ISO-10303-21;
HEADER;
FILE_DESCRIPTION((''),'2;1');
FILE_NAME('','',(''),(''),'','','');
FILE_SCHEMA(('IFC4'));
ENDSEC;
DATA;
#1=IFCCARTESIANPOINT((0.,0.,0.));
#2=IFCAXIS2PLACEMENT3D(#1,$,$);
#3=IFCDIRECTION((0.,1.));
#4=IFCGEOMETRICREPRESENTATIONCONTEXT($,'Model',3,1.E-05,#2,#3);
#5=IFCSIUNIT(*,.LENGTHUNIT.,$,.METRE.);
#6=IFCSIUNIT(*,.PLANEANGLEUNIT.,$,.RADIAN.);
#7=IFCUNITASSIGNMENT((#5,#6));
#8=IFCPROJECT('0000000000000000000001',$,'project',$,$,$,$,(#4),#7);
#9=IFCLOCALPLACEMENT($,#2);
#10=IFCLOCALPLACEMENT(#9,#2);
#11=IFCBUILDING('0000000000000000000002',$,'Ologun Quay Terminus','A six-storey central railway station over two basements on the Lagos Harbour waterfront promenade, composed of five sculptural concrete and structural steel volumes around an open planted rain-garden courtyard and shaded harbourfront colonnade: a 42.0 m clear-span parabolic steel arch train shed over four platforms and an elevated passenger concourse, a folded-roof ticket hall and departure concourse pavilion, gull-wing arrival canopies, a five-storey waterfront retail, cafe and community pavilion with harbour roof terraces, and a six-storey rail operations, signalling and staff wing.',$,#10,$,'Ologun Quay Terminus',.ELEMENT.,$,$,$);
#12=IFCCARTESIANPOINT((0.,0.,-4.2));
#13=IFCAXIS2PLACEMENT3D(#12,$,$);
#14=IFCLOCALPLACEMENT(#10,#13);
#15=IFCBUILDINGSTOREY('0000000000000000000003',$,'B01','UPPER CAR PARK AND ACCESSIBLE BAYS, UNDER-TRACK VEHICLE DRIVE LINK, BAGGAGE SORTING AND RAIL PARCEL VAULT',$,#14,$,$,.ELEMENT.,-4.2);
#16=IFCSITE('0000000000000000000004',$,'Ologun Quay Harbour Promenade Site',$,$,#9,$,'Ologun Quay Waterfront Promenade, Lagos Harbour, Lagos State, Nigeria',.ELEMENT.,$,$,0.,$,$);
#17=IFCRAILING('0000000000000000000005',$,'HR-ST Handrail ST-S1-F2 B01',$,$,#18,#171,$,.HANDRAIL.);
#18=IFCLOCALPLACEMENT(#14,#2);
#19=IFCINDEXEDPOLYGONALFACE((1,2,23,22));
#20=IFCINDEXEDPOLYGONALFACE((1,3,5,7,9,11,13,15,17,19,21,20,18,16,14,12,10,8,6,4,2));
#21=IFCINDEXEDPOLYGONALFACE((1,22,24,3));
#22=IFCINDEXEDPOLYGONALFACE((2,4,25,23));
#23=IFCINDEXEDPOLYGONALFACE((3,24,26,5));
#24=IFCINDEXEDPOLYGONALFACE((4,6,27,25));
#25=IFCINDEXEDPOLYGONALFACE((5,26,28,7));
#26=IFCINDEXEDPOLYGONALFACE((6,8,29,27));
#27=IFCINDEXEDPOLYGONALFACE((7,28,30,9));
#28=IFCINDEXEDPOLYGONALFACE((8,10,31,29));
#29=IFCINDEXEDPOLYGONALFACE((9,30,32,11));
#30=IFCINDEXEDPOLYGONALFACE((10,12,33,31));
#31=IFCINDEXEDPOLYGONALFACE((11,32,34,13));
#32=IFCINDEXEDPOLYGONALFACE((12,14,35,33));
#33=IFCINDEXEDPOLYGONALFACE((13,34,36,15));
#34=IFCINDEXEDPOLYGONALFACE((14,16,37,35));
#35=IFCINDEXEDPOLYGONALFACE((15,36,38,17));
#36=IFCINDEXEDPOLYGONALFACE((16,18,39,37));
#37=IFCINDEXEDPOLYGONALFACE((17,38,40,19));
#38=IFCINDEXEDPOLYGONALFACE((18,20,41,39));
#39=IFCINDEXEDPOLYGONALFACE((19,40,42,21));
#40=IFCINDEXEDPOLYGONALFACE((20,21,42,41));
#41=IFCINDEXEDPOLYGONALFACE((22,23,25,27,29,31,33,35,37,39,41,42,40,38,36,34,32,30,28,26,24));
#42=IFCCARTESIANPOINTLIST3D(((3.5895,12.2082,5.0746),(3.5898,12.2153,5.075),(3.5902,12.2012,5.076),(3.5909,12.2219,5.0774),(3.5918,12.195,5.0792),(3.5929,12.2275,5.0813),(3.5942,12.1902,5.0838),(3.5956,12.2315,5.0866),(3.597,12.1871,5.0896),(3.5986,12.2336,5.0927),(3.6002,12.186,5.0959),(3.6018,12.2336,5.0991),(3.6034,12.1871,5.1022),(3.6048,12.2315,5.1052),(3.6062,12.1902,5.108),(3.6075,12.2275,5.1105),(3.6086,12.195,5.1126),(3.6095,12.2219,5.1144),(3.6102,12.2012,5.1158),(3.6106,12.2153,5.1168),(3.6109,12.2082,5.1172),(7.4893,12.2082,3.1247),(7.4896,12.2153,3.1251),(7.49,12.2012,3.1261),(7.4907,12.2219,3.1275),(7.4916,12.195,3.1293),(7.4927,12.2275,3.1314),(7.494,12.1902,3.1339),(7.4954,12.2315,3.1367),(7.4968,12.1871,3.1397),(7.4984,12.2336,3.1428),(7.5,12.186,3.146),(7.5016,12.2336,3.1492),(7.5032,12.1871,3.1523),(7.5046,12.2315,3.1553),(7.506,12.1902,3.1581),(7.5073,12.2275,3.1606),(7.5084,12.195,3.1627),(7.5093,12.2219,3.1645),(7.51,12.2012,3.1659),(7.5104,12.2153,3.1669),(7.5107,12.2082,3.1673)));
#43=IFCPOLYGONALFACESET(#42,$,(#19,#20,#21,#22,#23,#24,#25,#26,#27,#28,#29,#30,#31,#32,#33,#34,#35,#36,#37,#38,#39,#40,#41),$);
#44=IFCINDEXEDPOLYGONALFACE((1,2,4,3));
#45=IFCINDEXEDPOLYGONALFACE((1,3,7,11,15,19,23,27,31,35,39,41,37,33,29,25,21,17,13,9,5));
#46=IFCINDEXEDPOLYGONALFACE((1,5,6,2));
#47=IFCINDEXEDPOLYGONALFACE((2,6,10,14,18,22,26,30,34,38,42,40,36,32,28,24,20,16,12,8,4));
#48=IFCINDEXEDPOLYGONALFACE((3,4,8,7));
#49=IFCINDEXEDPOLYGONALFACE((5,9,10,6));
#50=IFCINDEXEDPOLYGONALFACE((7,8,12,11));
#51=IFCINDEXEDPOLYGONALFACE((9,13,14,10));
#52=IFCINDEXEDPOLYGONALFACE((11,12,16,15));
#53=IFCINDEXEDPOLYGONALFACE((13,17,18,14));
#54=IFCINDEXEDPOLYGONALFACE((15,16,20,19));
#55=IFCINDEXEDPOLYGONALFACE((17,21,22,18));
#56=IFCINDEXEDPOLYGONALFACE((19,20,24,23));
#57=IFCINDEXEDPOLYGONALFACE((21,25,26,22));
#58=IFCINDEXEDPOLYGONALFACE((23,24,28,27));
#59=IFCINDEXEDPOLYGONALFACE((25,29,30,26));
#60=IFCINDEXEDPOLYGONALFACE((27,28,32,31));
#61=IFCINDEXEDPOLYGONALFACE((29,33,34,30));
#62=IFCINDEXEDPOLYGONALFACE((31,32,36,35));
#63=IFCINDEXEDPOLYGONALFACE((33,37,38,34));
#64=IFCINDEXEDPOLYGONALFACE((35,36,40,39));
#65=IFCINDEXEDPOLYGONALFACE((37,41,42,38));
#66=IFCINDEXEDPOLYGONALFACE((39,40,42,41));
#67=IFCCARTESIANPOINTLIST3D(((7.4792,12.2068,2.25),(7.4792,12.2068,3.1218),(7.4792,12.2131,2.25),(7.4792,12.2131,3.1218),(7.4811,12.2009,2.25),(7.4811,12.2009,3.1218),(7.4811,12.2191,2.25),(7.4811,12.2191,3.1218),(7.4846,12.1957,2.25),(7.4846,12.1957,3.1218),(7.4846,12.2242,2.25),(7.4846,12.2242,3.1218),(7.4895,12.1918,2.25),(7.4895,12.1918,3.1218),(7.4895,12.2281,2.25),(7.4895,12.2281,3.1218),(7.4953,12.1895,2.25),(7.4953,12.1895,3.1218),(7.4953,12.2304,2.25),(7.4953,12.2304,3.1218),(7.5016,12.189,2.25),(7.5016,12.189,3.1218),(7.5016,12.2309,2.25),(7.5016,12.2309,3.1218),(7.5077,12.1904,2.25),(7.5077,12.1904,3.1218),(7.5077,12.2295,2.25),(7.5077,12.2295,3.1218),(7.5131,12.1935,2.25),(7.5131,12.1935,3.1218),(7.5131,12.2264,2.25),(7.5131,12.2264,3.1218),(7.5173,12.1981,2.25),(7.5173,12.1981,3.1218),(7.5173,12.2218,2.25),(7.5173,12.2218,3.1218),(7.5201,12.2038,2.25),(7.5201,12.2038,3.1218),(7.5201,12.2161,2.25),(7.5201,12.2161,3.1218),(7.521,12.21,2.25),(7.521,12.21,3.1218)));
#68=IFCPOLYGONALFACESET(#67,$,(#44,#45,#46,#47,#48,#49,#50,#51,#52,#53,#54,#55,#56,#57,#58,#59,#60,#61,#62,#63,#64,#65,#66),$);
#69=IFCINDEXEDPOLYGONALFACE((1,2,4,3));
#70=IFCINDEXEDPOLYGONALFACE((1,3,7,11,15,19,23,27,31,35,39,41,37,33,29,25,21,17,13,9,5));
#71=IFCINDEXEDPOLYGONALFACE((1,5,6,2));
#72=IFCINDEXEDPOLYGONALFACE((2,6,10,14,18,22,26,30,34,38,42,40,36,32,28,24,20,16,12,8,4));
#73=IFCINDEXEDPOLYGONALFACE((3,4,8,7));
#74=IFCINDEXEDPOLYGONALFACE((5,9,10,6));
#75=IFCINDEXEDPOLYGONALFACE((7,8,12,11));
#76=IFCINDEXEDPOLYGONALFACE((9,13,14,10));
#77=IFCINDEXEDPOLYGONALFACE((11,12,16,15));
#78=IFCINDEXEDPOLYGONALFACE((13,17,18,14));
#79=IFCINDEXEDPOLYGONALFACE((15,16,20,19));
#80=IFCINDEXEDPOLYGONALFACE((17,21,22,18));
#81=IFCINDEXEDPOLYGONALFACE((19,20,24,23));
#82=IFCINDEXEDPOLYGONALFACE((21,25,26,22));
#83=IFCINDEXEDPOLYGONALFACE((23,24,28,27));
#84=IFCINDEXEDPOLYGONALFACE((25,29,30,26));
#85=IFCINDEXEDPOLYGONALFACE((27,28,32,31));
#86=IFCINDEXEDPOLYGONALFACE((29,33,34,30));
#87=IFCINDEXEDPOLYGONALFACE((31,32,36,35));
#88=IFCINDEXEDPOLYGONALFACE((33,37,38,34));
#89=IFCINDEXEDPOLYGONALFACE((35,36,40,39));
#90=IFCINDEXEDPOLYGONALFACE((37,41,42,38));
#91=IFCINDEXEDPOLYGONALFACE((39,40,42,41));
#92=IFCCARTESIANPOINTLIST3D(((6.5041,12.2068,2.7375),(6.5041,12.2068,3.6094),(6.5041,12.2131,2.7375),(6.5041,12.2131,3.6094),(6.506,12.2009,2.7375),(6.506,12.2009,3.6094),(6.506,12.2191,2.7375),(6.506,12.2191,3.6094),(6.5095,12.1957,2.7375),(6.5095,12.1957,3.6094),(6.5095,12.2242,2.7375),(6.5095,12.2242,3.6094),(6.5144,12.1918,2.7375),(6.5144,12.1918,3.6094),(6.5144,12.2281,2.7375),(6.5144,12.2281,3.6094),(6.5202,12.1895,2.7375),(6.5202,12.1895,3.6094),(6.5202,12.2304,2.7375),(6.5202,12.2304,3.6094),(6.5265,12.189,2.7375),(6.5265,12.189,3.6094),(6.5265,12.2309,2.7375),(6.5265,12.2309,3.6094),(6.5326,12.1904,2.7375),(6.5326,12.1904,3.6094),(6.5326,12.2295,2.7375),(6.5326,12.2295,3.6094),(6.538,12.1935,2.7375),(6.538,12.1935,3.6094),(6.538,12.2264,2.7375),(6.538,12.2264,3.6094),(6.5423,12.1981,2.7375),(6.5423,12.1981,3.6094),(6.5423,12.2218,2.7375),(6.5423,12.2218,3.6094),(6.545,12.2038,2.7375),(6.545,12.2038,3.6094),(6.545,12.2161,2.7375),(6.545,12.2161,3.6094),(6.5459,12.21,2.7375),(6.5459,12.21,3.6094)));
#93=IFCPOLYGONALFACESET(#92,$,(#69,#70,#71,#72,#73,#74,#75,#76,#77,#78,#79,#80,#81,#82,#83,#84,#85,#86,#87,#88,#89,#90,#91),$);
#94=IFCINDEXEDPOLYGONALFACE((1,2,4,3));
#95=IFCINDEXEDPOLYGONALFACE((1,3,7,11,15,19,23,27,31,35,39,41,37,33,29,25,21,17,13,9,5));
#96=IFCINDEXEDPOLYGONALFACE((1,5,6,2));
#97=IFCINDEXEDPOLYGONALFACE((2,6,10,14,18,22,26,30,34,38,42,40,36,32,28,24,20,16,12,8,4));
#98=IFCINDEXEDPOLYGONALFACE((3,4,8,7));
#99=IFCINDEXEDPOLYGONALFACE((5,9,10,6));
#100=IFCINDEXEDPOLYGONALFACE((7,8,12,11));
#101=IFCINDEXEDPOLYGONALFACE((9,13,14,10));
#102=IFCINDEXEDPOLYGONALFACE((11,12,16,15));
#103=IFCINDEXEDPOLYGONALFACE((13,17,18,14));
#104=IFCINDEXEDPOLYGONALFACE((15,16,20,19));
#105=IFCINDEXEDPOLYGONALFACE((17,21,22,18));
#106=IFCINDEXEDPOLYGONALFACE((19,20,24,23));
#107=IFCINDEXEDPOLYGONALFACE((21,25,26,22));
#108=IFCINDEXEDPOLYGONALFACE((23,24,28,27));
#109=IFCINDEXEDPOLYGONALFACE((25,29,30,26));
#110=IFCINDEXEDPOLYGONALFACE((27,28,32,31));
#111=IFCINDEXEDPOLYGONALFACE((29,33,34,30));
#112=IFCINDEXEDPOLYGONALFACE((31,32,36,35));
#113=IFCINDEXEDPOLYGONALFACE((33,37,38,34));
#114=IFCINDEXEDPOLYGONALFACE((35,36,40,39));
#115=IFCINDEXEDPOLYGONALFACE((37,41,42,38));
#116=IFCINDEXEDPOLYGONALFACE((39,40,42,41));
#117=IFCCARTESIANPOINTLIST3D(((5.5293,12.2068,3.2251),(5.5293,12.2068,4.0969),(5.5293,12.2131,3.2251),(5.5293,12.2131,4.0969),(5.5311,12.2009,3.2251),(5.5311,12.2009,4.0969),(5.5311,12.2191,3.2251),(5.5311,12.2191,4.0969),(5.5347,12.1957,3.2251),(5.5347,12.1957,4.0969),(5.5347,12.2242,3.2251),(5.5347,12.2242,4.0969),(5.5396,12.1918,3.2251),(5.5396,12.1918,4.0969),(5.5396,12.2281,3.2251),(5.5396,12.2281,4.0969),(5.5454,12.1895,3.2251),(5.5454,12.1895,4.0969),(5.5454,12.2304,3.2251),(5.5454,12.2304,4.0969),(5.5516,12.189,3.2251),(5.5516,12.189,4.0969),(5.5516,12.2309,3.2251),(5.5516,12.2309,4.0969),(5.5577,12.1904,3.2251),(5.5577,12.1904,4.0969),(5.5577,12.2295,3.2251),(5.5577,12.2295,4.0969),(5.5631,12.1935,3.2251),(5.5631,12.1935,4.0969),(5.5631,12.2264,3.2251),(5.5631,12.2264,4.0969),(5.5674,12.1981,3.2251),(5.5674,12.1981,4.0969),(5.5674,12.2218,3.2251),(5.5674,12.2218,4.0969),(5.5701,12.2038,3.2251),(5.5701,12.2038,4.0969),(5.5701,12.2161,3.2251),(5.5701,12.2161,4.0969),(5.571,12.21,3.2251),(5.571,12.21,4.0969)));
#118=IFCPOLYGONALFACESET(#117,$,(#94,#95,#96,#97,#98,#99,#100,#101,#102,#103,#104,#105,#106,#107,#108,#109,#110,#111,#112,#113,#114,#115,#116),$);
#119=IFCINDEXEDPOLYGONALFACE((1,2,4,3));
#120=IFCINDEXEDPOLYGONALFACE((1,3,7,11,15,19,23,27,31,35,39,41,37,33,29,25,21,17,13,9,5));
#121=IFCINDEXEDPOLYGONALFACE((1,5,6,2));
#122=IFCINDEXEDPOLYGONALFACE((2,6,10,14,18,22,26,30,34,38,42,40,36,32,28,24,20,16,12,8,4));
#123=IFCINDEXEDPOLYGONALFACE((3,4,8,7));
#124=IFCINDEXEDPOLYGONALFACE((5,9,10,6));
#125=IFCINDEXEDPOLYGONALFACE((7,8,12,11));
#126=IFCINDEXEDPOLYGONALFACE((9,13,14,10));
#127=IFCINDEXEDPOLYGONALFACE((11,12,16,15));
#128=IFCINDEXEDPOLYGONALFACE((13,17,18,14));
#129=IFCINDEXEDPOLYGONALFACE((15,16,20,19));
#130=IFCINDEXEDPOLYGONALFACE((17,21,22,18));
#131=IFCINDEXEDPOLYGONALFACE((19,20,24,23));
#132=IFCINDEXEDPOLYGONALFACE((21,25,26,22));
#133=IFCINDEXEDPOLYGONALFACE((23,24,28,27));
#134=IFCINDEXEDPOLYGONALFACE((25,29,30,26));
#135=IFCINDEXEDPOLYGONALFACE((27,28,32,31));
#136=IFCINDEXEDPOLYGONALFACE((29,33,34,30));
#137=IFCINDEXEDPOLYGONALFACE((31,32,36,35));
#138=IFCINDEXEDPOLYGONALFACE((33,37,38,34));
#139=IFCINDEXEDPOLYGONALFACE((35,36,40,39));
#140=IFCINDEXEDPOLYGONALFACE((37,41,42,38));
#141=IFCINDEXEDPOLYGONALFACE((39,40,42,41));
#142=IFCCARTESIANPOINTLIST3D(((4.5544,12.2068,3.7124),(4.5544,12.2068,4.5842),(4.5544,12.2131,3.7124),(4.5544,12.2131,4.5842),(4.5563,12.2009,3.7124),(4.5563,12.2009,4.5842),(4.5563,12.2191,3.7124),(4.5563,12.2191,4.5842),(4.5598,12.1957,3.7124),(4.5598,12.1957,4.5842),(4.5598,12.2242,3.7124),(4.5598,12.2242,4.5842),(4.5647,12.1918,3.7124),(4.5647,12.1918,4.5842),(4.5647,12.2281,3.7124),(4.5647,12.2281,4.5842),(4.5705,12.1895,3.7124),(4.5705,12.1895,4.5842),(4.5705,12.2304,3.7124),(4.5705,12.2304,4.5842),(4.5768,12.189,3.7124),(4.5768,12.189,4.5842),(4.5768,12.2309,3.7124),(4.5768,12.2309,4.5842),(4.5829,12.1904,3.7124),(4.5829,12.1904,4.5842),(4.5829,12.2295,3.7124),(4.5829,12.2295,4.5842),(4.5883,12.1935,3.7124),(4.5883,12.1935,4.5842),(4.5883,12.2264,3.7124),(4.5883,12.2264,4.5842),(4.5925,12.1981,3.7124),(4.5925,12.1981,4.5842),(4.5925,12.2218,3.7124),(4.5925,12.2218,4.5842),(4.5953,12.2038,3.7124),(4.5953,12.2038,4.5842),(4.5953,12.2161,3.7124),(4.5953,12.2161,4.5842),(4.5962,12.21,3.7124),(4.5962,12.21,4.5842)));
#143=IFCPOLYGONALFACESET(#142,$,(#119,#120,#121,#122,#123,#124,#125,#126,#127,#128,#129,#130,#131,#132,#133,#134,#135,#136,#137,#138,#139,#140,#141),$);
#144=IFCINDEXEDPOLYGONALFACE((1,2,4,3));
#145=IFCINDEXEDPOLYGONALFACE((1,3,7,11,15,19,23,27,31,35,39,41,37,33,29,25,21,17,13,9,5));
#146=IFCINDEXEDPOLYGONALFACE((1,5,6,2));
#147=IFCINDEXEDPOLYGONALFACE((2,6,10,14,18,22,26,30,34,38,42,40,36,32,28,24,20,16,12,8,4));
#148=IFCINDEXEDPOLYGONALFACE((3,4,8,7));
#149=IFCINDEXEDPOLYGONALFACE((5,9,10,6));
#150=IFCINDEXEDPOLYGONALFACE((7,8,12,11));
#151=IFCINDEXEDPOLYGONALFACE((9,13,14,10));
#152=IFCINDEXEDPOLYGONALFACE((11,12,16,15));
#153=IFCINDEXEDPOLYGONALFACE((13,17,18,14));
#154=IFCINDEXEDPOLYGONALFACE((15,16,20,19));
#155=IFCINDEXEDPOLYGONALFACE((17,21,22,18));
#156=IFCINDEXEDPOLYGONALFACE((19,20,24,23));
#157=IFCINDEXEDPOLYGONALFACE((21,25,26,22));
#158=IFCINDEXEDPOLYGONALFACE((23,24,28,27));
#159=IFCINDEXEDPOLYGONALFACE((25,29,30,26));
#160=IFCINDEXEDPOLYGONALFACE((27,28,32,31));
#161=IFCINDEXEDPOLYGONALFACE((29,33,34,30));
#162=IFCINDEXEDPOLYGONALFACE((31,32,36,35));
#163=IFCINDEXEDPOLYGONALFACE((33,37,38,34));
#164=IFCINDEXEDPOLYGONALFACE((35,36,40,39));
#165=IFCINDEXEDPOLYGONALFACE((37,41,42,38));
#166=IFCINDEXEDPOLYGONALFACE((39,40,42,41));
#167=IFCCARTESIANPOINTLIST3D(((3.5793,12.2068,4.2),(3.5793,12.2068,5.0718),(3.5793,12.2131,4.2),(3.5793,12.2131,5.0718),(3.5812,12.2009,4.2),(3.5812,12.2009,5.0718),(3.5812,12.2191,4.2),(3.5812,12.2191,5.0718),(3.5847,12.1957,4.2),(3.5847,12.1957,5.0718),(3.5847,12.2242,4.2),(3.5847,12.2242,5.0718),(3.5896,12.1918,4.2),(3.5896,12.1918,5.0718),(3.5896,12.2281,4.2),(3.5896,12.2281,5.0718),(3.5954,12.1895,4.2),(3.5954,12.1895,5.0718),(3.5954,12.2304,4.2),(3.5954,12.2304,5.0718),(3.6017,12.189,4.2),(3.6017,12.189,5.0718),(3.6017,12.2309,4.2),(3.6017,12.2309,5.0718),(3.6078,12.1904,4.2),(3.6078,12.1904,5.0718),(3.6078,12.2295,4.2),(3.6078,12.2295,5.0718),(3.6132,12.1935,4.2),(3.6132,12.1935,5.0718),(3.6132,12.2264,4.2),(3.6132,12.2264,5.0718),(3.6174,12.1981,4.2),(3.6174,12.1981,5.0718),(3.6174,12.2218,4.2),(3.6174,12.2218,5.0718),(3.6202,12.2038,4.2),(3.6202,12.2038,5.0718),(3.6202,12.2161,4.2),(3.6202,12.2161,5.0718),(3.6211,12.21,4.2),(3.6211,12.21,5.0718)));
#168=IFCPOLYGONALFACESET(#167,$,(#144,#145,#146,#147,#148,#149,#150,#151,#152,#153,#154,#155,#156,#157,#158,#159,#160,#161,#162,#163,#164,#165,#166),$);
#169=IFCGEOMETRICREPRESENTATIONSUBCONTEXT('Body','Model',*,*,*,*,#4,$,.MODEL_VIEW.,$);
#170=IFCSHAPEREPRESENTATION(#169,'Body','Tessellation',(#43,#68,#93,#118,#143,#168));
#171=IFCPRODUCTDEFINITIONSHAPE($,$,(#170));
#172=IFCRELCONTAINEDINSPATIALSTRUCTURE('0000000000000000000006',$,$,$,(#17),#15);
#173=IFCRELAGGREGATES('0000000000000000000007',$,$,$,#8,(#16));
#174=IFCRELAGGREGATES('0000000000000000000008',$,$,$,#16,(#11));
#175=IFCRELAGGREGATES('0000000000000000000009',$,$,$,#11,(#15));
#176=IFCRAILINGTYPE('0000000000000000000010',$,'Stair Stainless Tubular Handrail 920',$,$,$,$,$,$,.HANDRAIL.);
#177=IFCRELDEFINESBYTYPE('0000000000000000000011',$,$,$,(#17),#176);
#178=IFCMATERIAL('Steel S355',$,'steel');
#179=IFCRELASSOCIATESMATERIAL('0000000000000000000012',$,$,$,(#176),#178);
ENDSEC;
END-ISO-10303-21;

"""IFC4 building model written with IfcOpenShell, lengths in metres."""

from ifc_helpers import new_model, si_unit, direction, frame, origin, origin_2d, place, context, subcontext, project, spatial, circle, extrude, material, type_object, element, save


model = new_model("IFC4")

# Units and contexts
model_context = context("Model", 3, precision=1e-05, world=origin(), true_north=direction((0.0, 1.0)))
body_context = subcontext(model_context, "Body", "Model", "MODEL_VIEW")
ifc_project = project(units=[si_unit("LENGTHUNIT", "METRE"), si_unit("PLANEANGLEUNIT", "RADIAN")], contexts=[model_context])

# Site, building, storey
site_placement = place(None, origin())
site = spatial("IfcSite", under=ifc_project, at=site_placement, Name="Ologun Quay Harbour Promenade Site", LongName="Ologun Quay Waterfront Promenade, Lagos Harbour, Lagos State, Nigeria", CompositionType="ELEMENT", RefElevation=0.0)
building_placement = place(site_placement, origin())
building = spatial("IfcBuilding", under=site, at=building_placement, Name="Ologun Quay Terminus", Description="A six-storey central railway station over two basements on the Lagos Harbour waterfront promenade, composed of five sculptural concrete and structural steel volumes around an open planted rain-garden courtyard and shaded harbourfront colonnade: a 42.0 m clear-span parabolic steel arch train shed over four platforms and an elevated passenger concourse, a folded-roof ticket hall and departure concourse pavilion, gull-wing arrival canopies, a five-storey waterfront retail, cafe and community pavilion with harbour roof terraces, and a six-storey rail operations, signalling and staff wing.", LongName="Ologun Quay Terminus", CompositionType="ELEMENT")
storey_placement = place(building_placement, frame((0.0, 0.0, -4.2)))
storey = spatial("IfcBuildingStorey", under=building, at=storey_placement, Name="B01", Description="UPPER CAR PARK AND ACCESSIBLE BAYS, UNDER-TRACK VEHICLE DRIVE LINK, BAGGAGE SORTING AND RAIL PARCEL VAULT", CompositionType="ELEMENT", Elevation=-4.2)

# Railing
ifc_material_1 = material(Name="Steel S355", Category="steel")
railing_type_1 = type_object("IfcRailingType", Name="Stair Stainless Tubular Handrail 920", PredefinedType="HANDRAIL", material=ifc_material_1)
railing_1_placement = place(storey_placement, frame((7.5, 12.21, 2.25)))
element("IfcRailing", 1, at=railing_1_placement, inside=storey, type_object=railing_type_1, Name="HR-ST Handrail ST-S1-F2 B01", PredefinedType="HANDRAIL", context=body_context, shape_type="SweptSolid", body=[
    extrude(circle(Radius=0.0239, at=origin_2d()), frame((0.0, 0.0, 0.896), z_axis=(-0.894427, 0.0, 0.447214), x_axis=(0.0, -1.0, 0.0)), (0.0, 0.0, 1.0), 4.3601),
    extrude(circle(Radius=0.021, at=origin_2d()), origin(), (0.0, 0.0, 1.0), 0.8718),
    extrude(circle(Radius=0.021, at=origin_2d()), frame((-0.9751, 0.0, 0.4875)), (0.0, 0.0, 1.0), 0.8718),
    extrude(circle(Radius=0.021, at=origin_2d()), frame((-1.95, 0.0, 0.9751)), (0.0, 0.0, 1.0), 0.8718),
    extrude(circle(Radius=0.021, at=origin_2d()), frame((-2.9248, 0.0, 1.4624)), (0.0, 0.0, 1.0), 0.8718),
    extrude(circle(Radius=0.021, at=origin_2d()), frame((-3.8999, 0.0, 1.95)), (0.0, 0.0, 1.0), 0.8718),
])

save(model, "model.ifc")
